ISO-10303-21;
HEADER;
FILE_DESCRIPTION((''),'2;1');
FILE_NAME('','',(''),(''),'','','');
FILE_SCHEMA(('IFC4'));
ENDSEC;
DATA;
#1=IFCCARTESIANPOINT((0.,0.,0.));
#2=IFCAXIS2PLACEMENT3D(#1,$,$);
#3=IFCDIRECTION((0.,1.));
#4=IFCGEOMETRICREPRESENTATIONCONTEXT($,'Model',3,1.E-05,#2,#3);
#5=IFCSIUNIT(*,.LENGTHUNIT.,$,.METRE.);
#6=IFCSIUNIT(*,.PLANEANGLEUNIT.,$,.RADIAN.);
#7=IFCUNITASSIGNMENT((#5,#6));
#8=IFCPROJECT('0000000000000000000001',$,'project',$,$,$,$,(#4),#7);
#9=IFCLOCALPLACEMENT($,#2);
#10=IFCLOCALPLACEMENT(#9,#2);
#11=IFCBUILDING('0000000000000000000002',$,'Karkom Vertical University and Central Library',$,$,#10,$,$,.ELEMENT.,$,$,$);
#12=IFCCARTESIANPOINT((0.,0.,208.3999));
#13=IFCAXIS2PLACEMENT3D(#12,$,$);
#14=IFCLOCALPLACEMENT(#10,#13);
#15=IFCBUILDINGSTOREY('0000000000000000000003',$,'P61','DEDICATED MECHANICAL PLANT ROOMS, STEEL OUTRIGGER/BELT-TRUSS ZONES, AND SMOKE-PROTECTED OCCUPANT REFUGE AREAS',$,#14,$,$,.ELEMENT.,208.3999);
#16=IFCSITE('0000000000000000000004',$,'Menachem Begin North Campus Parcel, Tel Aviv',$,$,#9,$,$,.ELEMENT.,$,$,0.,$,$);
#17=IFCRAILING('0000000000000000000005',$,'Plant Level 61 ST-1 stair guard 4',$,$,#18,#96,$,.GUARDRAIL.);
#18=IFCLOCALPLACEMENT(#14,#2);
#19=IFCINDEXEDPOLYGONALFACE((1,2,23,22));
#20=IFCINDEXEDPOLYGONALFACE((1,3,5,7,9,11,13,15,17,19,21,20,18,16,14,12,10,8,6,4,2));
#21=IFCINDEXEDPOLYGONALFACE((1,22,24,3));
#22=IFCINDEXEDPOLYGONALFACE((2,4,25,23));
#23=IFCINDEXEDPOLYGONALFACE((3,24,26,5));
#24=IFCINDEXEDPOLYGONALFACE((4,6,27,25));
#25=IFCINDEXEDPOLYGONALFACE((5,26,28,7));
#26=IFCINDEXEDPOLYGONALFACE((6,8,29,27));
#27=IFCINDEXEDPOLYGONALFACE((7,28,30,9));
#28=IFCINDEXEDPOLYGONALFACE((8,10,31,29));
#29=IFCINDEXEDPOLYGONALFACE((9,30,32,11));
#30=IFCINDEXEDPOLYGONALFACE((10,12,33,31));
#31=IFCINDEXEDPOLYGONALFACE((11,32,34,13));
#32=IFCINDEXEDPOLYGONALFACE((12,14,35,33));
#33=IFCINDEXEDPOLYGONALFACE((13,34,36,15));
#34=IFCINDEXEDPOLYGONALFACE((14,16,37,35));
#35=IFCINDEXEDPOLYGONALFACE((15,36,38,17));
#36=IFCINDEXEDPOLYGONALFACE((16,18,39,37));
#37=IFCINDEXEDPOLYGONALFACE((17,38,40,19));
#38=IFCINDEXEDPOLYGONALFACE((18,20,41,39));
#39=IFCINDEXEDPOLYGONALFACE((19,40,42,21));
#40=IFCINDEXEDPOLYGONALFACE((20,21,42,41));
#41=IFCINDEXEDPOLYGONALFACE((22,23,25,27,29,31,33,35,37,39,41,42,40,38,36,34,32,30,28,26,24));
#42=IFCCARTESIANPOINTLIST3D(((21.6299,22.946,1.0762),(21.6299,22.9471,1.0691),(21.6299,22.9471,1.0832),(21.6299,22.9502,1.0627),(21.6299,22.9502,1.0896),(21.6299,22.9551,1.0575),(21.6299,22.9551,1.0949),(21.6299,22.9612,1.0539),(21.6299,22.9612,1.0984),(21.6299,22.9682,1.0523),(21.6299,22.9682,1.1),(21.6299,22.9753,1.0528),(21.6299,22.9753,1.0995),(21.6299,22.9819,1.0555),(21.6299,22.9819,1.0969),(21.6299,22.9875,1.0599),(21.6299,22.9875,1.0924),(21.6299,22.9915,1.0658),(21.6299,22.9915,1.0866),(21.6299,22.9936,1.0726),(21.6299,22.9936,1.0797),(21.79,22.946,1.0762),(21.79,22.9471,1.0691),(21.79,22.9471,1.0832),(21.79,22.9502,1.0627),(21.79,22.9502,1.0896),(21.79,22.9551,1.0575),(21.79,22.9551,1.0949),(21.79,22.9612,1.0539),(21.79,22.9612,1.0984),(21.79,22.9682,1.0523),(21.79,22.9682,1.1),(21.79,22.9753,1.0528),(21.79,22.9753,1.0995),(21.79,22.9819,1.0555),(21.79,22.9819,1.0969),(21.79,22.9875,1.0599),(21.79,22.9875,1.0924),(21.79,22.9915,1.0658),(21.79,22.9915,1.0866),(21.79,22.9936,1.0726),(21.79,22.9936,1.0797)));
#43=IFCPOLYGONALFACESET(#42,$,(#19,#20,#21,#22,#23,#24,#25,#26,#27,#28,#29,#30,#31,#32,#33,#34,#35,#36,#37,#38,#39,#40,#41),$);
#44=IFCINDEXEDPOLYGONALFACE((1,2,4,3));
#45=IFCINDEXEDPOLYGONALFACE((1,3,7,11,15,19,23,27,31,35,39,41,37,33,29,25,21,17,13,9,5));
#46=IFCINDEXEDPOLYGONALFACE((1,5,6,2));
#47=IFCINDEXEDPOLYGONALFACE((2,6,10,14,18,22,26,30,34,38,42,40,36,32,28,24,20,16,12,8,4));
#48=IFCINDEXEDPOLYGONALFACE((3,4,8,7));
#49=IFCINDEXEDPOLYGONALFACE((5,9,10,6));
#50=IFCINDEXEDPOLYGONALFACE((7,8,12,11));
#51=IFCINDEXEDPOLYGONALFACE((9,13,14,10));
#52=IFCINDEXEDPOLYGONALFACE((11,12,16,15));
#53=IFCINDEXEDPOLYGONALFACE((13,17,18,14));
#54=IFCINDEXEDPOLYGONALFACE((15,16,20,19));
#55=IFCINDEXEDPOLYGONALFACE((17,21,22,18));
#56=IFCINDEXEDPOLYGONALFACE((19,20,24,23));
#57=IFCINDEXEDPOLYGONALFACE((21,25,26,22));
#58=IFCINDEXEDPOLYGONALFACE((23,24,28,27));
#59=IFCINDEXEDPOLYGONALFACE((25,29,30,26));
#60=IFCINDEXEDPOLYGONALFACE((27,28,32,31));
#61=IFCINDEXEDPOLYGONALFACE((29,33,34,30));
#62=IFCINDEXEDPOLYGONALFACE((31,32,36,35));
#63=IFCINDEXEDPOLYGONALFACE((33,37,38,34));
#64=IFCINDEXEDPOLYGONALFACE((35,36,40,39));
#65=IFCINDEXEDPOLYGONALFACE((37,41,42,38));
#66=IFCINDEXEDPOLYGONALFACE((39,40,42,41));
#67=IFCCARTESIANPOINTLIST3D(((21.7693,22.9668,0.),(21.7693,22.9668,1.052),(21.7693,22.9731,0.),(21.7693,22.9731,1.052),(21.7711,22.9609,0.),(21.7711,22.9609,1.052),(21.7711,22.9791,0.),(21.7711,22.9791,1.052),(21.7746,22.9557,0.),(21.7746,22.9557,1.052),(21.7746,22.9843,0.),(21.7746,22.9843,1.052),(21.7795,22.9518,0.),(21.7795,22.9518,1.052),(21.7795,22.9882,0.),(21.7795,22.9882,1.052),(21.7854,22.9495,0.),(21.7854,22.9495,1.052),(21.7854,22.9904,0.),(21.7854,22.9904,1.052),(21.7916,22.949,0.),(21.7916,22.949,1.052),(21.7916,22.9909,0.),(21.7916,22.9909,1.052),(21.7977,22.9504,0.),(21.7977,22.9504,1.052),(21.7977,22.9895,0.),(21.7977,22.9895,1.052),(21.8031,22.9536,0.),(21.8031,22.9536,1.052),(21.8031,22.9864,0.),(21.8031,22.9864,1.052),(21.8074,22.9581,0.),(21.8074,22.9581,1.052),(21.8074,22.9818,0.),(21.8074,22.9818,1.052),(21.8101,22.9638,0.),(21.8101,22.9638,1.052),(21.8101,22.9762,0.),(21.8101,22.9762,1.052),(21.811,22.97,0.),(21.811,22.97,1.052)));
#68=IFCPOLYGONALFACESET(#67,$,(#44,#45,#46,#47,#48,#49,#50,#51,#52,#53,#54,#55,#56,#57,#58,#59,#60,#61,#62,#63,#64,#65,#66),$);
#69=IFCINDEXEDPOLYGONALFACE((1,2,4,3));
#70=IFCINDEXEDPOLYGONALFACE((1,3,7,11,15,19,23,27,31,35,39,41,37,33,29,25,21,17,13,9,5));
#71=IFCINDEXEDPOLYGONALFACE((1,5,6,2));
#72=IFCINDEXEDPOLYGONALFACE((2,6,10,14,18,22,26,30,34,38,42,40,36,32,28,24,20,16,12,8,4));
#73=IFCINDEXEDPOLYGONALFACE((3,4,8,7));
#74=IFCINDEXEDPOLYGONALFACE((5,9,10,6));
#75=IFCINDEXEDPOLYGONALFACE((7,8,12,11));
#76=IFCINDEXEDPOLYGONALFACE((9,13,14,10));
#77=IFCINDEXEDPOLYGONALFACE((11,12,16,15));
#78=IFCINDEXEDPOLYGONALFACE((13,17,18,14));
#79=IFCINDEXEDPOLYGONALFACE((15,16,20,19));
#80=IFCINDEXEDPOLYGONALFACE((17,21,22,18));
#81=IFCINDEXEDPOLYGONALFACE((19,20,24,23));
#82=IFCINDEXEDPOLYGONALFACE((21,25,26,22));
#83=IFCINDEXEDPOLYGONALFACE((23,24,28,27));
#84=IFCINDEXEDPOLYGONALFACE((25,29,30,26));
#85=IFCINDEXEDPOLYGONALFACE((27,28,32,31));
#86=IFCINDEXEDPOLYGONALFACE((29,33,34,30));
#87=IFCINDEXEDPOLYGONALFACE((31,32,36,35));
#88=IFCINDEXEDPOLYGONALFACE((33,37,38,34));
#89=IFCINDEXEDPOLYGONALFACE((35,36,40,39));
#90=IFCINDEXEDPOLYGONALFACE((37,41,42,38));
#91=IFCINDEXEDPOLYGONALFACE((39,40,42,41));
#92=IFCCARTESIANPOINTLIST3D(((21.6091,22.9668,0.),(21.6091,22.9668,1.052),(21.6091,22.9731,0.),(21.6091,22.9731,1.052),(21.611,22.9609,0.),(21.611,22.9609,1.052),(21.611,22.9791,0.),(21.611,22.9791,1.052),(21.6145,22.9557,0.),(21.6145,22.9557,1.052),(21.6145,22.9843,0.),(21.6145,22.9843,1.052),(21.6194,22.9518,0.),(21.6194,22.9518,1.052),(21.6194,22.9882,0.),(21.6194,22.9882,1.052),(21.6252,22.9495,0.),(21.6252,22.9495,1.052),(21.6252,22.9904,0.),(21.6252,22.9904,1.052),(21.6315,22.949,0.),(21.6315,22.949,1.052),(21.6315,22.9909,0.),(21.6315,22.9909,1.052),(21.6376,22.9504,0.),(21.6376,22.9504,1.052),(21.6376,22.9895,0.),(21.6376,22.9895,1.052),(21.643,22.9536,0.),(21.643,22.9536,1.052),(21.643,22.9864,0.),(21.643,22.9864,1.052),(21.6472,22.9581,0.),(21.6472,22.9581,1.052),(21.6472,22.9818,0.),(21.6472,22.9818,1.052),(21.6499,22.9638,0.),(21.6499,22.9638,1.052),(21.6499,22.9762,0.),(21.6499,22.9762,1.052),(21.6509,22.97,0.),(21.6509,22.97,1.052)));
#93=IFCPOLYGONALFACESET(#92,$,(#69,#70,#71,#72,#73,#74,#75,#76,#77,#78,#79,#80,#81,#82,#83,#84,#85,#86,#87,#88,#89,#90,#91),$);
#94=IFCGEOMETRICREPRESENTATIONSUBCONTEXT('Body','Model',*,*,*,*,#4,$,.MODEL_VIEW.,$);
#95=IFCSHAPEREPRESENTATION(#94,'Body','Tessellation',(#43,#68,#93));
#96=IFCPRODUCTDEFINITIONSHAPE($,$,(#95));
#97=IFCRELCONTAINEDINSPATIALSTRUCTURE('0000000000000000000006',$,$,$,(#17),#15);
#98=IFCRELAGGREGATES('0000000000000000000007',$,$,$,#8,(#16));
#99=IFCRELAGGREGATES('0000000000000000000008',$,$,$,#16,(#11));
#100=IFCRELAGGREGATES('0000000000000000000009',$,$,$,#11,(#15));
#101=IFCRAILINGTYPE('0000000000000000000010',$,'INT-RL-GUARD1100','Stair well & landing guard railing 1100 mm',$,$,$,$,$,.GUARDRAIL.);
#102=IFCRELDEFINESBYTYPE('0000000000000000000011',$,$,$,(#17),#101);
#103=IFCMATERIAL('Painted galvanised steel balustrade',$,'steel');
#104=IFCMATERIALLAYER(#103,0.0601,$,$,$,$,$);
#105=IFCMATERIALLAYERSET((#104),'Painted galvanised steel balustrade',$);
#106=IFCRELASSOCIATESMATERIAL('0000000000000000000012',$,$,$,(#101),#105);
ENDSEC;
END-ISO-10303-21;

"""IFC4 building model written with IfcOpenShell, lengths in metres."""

from ifc_helpers import new_model, si_unit, direction, frame, origin, origin_2d, place, context, subcontext, project, spatial, circle, extrude, material, layer, layer_set, type_object, element, save


model = new_model("IFC4")

# Units and contexts
model_context = context("Model", 3, precision=1e-05, world=origin(), true_north=direction((0.0, 1.0)))
body_context = subcontext(model_context, "Body", "Model", "MODEL_VIEW")
ifc_project = project(units=[si_unit("LENGTHUNIT", "METRE"), si_unit("PLANEANGLEUNIT", "RADIAN")], contexts=[model_context])

# Site, building, storey
site_placement = place(None, origin())
site = spatial("IfcSite", under=ifc_project, at=site_placement, Name="Menachem Begin North Campus Parcel, Tel Aviv", CompositionType="ELEMENT", RefElevation=0.0)
building_placement = place(site_placement, origin())
building = spatial("IfcBuilding", under=site, at=building_placement, Name="Karkom Vertical University and Central Library", CompositionType="ELEMENT")
storey_placement = place(building_placement, frame((0.0, 0.0, 208.3999)))
storey = spatial("IfcBuildingStorey", under=building, at=storey_placement, Name="P61", Description="DEDICATED MECHANICAL PLANT ROOMS, STEEL OUTRIGGER/BELT-TRUSS ZONES, AND SMOKE-PROTECTED OCCUPANT REFUGE AREAS", CompositionType="ELEMENT", Elevation=208.3999)

# Railing
ifc_material_1 = material(Name="Painted galvanised steel balustrade", Category="steel")
ifc_layer_1 = layer(ifc_material_1, 0.0601)
ifc_layer_set_1 = layer_set([ifc_layer_1], Name="Painted galvanised steel balustrade")
railing_type_1 = type_object("IfcRailingType", Name="INT-RL-GUARD1100", Description="Stair well & landing guard railing 1100 mm", PredefinedType="GUARDRAIL", material=ifc_layer_set_1)
railing_1_placement = place(storey_placement, frame((21.79, 22.97, 0.0)))
element("IfcRailing", 1, at=railing_1_placement, inside=storey, type_object=railing_type_1, Name="Plant Level 61 ST-1 stair guard 4", PredefinedType="GUARDRAIL", context=body_context, shape_type="SweptSolid", body=[
    extrude(circle(Radius=0.0239, at=origin_2d()), frame((0.0, 0.0, 1.0762), z_axis=(-1.0, 0.0, 0.0), x_axis=(0.0, -1.0, 0.0)), (0.0, 0.0, 1.0), 0.1602),
    extrude(circle(Radius=0.021, at=origin_2d()), origin(), (0.0, 0.0, 1.0), 1.052),
    extrude(circle(Radius=0.021, at=origin_2d()), frame((-0.1602, 0.0, 0.0)), (0.0, 0.0, 1.0), 1.052),
])

save(model, "model.ifc")
